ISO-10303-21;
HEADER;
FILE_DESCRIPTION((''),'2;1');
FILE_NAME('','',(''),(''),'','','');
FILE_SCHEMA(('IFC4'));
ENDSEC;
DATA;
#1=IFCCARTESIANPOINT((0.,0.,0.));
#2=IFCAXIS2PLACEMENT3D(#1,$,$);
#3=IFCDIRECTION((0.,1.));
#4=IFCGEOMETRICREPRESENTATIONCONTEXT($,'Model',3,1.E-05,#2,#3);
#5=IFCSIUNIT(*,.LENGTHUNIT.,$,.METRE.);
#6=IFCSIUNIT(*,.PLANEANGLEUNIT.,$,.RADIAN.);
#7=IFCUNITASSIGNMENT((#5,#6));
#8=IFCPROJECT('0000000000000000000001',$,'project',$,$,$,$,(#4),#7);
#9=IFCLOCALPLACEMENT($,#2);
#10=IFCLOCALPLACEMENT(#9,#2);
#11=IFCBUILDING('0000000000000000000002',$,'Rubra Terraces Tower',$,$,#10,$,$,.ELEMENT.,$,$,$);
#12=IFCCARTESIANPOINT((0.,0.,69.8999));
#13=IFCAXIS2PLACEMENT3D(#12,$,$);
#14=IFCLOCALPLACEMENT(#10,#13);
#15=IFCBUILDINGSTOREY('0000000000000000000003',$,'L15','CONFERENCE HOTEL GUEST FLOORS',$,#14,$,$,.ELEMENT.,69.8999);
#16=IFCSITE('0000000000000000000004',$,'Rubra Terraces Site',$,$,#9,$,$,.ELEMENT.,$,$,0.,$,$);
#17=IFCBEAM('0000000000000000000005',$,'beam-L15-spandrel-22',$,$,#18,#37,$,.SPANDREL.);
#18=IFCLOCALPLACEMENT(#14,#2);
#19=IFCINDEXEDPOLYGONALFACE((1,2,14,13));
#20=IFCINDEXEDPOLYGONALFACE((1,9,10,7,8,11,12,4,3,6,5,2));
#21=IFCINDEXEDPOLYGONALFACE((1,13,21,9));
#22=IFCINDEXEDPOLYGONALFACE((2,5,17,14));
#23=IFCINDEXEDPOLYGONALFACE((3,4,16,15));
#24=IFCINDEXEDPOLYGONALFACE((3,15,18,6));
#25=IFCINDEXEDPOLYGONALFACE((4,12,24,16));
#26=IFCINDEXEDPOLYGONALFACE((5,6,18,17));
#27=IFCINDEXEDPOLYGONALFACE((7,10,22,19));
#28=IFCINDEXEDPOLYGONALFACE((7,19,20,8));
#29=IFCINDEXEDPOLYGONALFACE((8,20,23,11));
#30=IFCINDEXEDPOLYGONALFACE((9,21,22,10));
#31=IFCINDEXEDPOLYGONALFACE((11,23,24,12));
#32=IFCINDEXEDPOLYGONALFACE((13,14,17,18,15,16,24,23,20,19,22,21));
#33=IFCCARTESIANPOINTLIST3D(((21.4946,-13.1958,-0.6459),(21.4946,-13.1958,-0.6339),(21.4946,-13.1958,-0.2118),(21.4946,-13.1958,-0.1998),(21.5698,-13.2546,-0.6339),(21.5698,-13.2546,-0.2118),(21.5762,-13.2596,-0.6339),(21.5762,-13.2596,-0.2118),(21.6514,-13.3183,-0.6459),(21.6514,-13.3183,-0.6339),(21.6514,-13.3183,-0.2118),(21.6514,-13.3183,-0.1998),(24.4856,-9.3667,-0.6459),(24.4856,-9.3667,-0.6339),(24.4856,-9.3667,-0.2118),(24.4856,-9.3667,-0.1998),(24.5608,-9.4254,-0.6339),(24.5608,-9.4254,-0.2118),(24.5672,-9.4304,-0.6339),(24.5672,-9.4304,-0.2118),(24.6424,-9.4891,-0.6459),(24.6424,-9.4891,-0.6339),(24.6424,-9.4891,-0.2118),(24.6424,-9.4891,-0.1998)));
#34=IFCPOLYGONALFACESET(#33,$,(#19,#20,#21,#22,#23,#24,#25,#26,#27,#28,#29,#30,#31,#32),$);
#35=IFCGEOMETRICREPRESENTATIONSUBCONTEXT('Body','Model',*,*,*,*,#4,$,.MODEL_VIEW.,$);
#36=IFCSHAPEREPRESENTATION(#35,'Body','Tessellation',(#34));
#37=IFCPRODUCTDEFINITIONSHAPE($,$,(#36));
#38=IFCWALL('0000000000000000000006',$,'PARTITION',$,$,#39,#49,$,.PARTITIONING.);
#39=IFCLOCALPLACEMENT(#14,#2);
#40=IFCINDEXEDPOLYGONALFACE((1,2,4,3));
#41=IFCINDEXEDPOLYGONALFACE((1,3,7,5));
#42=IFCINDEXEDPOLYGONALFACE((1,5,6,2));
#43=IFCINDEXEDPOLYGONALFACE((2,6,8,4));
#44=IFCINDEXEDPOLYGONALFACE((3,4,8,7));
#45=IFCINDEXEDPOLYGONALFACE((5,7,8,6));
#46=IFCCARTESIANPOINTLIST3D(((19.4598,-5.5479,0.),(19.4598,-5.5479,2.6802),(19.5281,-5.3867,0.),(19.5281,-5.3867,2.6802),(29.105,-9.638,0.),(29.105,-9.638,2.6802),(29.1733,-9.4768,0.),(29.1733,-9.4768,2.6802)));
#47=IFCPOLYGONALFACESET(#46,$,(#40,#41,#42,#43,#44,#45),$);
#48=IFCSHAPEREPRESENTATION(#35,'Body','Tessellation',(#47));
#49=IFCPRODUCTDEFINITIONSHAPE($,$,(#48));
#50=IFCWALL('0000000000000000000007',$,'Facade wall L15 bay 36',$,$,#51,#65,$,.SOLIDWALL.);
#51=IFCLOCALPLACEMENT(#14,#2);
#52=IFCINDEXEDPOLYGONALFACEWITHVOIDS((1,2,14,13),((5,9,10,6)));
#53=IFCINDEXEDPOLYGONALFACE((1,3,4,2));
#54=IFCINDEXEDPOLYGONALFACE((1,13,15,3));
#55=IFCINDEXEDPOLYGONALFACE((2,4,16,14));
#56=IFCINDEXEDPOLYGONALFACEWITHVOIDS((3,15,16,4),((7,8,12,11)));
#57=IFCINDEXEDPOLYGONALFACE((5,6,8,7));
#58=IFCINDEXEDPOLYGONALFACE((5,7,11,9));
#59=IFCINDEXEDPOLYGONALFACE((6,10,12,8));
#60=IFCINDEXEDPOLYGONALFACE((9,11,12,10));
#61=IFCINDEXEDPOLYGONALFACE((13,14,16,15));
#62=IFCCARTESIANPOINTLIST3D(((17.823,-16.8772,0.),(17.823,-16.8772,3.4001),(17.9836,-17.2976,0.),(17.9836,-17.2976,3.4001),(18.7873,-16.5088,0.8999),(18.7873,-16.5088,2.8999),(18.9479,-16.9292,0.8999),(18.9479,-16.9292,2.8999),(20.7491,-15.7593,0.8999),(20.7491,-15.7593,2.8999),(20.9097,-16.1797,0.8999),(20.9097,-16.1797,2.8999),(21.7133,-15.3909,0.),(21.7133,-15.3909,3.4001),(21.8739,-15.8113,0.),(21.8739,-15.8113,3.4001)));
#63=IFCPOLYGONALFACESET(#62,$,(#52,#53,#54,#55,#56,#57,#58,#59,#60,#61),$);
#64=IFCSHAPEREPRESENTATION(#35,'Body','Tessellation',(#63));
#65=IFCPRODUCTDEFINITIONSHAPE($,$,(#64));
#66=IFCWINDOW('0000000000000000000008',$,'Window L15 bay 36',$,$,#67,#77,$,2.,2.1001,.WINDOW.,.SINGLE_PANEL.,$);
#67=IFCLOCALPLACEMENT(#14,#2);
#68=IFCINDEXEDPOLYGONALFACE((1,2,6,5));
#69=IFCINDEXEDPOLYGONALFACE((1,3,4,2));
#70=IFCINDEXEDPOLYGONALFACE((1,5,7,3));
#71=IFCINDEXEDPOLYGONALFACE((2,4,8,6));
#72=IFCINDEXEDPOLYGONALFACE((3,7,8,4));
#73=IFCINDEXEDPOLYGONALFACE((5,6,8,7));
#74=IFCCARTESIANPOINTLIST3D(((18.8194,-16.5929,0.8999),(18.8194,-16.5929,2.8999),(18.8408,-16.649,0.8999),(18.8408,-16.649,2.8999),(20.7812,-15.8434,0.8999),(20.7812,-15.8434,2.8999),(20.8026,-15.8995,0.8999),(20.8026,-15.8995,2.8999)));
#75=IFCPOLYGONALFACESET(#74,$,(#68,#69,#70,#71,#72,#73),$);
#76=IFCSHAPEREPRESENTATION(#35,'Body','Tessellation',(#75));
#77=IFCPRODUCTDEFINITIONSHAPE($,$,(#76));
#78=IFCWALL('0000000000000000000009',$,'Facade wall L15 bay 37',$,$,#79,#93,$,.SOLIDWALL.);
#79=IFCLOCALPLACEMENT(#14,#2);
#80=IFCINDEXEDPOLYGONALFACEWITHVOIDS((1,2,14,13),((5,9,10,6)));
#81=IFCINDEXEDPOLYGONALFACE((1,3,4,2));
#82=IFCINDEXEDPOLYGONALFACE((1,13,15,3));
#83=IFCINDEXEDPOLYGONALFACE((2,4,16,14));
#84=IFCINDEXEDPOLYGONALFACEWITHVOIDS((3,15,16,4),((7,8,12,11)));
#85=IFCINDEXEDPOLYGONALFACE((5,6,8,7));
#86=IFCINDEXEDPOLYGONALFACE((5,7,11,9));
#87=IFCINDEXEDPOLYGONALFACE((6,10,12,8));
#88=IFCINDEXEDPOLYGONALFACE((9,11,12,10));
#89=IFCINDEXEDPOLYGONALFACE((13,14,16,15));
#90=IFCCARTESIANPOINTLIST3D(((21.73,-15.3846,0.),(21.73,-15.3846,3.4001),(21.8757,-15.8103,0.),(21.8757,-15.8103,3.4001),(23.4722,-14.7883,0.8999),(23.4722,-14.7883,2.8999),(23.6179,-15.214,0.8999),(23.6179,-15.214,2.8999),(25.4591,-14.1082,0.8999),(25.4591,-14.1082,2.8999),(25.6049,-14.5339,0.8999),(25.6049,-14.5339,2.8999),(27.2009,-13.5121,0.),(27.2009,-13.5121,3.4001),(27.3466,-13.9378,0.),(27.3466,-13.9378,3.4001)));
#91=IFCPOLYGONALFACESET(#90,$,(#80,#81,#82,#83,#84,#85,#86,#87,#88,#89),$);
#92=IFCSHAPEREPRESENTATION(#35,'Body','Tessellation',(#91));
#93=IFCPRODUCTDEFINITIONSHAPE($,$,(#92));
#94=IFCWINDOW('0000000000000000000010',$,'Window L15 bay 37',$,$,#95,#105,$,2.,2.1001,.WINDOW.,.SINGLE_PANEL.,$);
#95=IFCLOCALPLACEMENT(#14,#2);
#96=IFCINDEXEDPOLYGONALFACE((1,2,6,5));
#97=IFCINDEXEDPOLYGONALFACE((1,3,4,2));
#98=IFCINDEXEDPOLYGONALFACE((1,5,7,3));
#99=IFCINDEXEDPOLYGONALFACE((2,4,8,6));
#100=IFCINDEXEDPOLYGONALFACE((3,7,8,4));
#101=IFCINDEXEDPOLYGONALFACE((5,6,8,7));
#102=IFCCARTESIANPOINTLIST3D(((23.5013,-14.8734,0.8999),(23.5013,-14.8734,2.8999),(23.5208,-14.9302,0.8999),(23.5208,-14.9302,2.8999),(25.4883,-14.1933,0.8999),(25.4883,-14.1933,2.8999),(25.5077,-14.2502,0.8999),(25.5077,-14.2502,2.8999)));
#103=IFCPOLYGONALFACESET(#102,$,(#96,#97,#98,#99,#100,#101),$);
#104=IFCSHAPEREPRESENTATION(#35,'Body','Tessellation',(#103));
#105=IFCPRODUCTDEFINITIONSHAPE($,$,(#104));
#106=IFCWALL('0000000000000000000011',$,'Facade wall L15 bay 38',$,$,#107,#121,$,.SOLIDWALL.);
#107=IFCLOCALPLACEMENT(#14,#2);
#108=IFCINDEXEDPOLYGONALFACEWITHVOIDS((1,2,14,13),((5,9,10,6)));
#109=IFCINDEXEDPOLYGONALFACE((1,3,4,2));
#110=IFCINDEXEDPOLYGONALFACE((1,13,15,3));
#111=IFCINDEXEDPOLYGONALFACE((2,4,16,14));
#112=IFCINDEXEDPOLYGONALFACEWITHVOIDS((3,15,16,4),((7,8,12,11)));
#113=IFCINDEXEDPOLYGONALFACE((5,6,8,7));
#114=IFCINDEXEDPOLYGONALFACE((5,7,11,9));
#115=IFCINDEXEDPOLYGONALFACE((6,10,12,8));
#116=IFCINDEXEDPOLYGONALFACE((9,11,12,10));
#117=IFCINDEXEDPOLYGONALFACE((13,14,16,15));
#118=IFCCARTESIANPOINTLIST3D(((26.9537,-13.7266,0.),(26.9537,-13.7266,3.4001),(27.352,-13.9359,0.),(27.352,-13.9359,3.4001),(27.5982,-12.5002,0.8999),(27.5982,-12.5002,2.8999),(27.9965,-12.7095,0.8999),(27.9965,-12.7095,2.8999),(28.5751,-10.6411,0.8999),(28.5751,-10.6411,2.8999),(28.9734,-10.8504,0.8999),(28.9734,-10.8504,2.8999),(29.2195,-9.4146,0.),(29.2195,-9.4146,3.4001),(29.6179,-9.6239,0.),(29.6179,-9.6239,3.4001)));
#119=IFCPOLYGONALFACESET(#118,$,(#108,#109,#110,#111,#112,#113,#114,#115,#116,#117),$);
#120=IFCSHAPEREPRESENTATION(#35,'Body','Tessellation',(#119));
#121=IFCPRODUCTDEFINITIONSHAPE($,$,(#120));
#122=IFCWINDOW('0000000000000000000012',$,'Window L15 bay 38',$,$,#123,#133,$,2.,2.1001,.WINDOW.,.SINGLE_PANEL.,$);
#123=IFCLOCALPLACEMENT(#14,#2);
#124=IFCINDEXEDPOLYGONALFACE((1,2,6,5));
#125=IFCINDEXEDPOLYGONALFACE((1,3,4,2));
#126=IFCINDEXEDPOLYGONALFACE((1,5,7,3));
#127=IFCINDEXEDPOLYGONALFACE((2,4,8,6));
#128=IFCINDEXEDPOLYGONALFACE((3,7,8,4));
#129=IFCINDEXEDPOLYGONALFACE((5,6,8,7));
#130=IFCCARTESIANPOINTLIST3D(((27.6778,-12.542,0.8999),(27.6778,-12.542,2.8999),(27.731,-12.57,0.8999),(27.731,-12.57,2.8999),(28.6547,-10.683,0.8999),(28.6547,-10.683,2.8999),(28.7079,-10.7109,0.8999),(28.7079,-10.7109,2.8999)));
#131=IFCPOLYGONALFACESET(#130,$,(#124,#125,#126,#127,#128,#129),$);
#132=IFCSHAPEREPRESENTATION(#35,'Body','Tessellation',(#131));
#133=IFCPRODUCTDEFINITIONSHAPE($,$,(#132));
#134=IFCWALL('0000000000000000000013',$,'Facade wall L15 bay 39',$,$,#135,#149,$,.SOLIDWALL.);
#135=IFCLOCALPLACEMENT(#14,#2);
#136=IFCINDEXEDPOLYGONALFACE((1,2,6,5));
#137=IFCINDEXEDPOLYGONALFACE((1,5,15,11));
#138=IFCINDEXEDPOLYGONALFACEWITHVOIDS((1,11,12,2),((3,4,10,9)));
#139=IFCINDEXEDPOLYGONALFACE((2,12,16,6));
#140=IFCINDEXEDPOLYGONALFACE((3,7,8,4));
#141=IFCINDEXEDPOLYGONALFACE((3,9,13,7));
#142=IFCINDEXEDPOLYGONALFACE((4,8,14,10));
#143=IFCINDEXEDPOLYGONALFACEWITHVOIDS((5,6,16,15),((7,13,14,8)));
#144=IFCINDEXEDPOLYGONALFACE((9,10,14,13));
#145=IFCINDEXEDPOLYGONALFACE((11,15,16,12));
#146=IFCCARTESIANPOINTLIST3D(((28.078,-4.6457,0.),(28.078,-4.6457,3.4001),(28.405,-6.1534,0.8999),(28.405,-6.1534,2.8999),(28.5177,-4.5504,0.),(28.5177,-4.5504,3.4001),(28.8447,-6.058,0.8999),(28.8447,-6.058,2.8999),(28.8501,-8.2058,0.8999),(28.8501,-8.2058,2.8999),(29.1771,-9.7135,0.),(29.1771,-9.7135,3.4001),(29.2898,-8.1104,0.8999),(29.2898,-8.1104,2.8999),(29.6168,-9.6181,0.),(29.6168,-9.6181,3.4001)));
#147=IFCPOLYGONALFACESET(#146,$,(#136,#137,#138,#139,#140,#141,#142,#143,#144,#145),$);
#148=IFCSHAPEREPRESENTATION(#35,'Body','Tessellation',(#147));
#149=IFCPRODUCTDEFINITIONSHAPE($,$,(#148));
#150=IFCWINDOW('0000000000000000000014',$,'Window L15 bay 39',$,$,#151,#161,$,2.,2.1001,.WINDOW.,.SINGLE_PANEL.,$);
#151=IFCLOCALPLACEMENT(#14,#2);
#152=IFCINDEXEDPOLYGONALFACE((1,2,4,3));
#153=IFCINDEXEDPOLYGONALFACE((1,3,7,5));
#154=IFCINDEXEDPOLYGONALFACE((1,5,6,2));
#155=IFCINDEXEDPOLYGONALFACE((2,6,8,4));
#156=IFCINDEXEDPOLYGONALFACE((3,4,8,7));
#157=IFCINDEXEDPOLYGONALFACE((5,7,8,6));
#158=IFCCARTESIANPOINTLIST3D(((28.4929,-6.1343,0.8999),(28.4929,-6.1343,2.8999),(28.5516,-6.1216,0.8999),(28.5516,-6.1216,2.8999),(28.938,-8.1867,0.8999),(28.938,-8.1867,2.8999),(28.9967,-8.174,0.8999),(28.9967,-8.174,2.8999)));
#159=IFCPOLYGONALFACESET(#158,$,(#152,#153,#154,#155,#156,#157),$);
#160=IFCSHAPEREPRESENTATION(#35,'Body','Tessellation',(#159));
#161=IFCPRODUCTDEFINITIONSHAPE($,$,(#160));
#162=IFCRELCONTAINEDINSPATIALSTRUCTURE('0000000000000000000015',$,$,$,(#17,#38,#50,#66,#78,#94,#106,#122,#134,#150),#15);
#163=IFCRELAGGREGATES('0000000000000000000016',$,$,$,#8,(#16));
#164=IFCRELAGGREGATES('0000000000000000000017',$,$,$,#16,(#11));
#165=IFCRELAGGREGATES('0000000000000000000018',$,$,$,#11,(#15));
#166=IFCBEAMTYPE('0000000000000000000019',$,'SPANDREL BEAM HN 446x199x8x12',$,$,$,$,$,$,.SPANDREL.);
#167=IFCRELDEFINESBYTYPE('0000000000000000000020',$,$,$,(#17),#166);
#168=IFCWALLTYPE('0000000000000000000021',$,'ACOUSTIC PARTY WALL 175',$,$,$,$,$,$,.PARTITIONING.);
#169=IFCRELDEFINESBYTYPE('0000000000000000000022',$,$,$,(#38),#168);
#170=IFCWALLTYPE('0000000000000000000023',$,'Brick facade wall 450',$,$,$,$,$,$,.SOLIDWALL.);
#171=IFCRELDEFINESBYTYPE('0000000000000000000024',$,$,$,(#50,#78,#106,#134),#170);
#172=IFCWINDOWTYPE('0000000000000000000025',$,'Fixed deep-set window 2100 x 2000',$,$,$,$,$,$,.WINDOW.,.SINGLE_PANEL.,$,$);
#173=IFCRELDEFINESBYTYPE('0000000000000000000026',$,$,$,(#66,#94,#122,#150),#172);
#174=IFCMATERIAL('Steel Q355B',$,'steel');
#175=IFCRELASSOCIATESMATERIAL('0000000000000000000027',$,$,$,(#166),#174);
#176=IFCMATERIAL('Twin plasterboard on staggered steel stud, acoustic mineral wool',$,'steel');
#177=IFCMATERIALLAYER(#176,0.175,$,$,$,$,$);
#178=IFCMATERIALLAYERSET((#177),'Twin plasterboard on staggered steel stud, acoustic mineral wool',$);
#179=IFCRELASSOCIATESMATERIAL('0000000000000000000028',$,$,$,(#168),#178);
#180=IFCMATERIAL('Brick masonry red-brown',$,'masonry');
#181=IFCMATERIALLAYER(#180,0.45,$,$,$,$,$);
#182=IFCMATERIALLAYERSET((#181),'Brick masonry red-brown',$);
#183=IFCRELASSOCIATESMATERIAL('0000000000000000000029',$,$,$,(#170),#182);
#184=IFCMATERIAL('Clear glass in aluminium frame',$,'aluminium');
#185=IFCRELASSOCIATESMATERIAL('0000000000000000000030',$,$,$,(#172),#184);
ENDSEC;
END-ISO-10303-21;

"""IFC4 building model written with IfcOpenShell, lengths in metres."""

from ifc_helpers import new_model, si_unit, direction, frame, frame_2d, origin, origin_2d, place, context, subcontext, project, spatial, rectangle, i_section, extrude, material, layer, layer_set, material_profile, profile_set, type_object, element, fill, save


model = new_model("IFC4")

# Units and contexts
model_context = context("Model", 3, precision=1e-05, world=origin(), true_north=direction((0.0, 1.0)))
body_context = subcontext(model_context, "Body", "Model", "MODEL_VIEW")
ifc_project = project(units=[si_unit("LENGTHUNIT", "METRE"), si_unit("PLANEANGLEUNIT", "RADIAN")], contexts=[model_context])

# Site, building, storey
site_placement = place(None, origin())
site = spatial("IfcSite", under=ifc_project, at=site_placement, Name="Rubra Terraces Site", CompositionType="ELEMENT", RefElevation=0.0)
building_placement = place(site_placement, origin())
building = spatial("IfcBuilding", under=site, at=building_placement, Name="Rubra Terraces Tower", CompositionType="ELEMENT")
storey_placement = place(building_placement, frame((0.0, 0.0, 69.8999)))
storey = spatial("IfcBuildingStorey", under=building, at=storey_placement, Name="L15", Description="CONFERENCE HOTEL GUEST FLOORS", CompositionType="ELEMENT", Elevation=69.8999)

# Beam
ifc_material_1 = material(Name="Steel Q355B", Category="steel")
ifc_material_profile_1 = material_profile(ifc_material_1, i_section(OverallWidth=0.199, OverallDepth=0.446, WebThickness=0.0081, FlangeThickness=0.012, at=origin_2d()), Name="HN 446x199x8x12")
ifc_profile_set_1 = profile_set([ifc_material_profile_1], Name="Steel Q355B")
beam_type_1 = type_object("IfcBeamType", Name="SPANDREL BEAM HN 446x199x8x12", PredefinedType="SPANDREL", material=ifc_profile_set_1)
beam_1_placement = place(storey_placement, frame((21.573, -13.2571, -0.4229), z_axis=(0.615578, 0.788076, 0.0), x_axis=(-0.788076, 0.615578, 0.0)))
element("IfcBeam", 1, at=beam_1_placement, inside=storey, type_object=beam_type_1, Name="beam-L15-spandrel-22", PredefinedType="SPANDREL", context=body_context, shape_type="SweptSolid", body=[
    extrude(i_section(OverallWidth=0.199, OverallDepth=0.446, WebThickness=0.0081, FlangeThickness=0.012, at=origin_2d()), origin(), (0.0, 0.0, 1.0), 4.8589),
])

# Wall
ifc_material_2 = material(Name="Twin plasterboard on staggered steel stud, acoustic mineral wool", Category="steel")
ifc_layer_1 = layer(ifc_material_2, 0.175)
ifc_layer_set_1 = layer_set([ifc_layer_1], Name="Twin plasterboard on staggered steel stud, acoustic mineral wool")
wall_type_1 = type_object("IfcWallType", Name="ACOUSTIC PARTY WALL 175", PredefinedType="PARTITIONING", material=ifc_layer_set_1)
wall_1_placement = place(storey_placement, frame((29.1392, -9.5574, 0.0), z_axis=(0.0, 0.0, 1.0), x_axis=(-0.920645, 0.390401, 0.0)))
element("IfcWall", 2, at=wall_1_placement, inside=storey, type_object=wall_type_1, Name="PARTITION", PredefinedType="PARTITIONING", context=body_context, shape_type="SweptSolid", body=[
    extrude(rectangle(XDim=10.4766, YDim=0.175, at=frame_2d((5.2383, 0.0))), origin(), (0.0, 0.0, 1.0), 2.6802),
])

# Walls, openings, windows
ifc_material_3 = material(Name="Brick masonry red-brown", Category="masonry")
ifc_layer_2 = layer(ifc_material_3, 0.45)
ifc_layer_set_2 = layer_set([ifc_layer_2], Name="Brick masonry red-brown")
wall_type_2 = type_object("IfcWallType", Name="Brick facade wall 450", PredefinedType="SOLIDWALL", material=ifc_layer_set_2)
wall_2_placement = place(storey_placement, frame((17.9033, -17.0874, 0.0), z_axis=(0.0, 0.0, 1.0), x_axis=(0.934146, 0.356892, 0.0)))
wall_2 = element("IfcWall", 3, at=wall_2_placement, inside=storey, type_object=wall_type_2, Name="Facade wall L15 bay 36", PredefinedType="SOLIDWALL", context=body_context, shape_type="SweptSolid", body=[
    extrude(rectangle(XDim=4.1646, YDim=0.45, at=frame_2d((2.0823, 0.0))), origin(), (0.0, 0.0, 1.0), 3.4001),
])
opening_1_placement = place(wall_2_placement, frame((1.0322, 0.0, 0.8999)))
opening_1 = element("IfcOpeningElement", 4, at=opening_1_placement, cuts=wall_2, PredefinedType="OPENING", context=body_context, shape_type="SweptSolid", body=[
    extrude(rectangle(XDim=2.1001, YDim=2.0, at=frame_2d((1.05, 1.0))), frame((0.0, 0.2349, 0.0), z_axis=(0.0, -1.0, 0.0), x_axis=(1.0, 0.0, 0.0)), (0.0, 0.0, 1.0), 0.47),
])
ifc_material_4 = material(Name="Clear glass in aluminium frame", Category="aluminium")
window_type = type_object("IfcWindowType", Name="Fixed deep-set window 2100 x 2000", PartitioningType="SINGLE_PANEL", PredefinedType="WINDOW", material=ifc_material_4)
window_1_placement = place(opening_1_placement, origin())
window_1 = element("IfcWindow", 5, at=window_1_placement, inside=storey, type_object=window_type, Name="Window L15 bay 36", OverallHeight=2.0, OverallWidth=2.1001, PartitioningType="SINGLE_PANEL", PredefinedType="WINDOW", context=body_context, shape_type="SweptSolid", body=[
    extrude(rectangle(XDim=2.1001, YDim=2.0, at=frame_2d((1.05, 1.0))), frame((0.0, 0.135, 0.0), z_axis=(0.0, -1.0, 0.0), x_axis=(1.0, 0.0, 0.0)), (0.0, 0.0, 1.0), 0.0601),
])
fill(opening_1, window_1)
wall_3_placement = place(storey_placement, frame((21.803, -15.5974, 0.0), z_axis=(0.0, 0.0, 1.0), x_axis=(0.946115, 0.32383, 0.0)))
wall_3 = element("IfcWall", 6, at=wall_3_placement, inside=storey, type_object=wall_type_2, Name="Facade wall L15 bay 37", PredefinedType="SOLIDWALL", context=body_context, shape_type="SweptSolid", body=[
    extrude(rectangle(XDim=5.7825, YDim=0.45, at=frame_2d((2.8911, 0.0))), origin(), (0.0, 0.0, 1.0), 3.4001),
])
opening_2_placement = place(wall_3_placement, frame((1.8413, 0.0, 0.8999)))
opening_2 = element("IfcOpeningElement", 7, at=opening_2_placement, cuts=wall_3, PredefinedType="OPENING", context=body_context, shape_type="SweptSolid", body=[
    extrude(rectangle(XDim=2.1001, YDim=2.0, at=frame_2d((1.05, 1.0))), frame((0.0, 0.2349, 0.0), z_axis=(0.0, -1.0, 0.0), x_axis=(1.0, 0.0, 0.0)), (0.0, 0.0, 1.0), 0.47),
])
window_2_placement = place(opening_2_placement, origin())
window_2 = element("IfcWindow", 8, at=window_2_placement, inside=storey, type_object=window_type, Name="Window L15 bay 37", OverallHeight=2.0, OverallWidth=2.1001, PartitioningType="SINGLE_PANEL", PredefinedType="WINDOW", context=body_context, shape_type="SweptSolid", body=[
    extrude(rectangle(XDim=2.1001, YDim=2.0, at=frame_2d((1.05, 1.0))), frame((0.0, 0.135, 0.0), z_axis=(0.0, -1.0, 0.0), x_axis=(1.0, 0.0, 0.0)), (0.0, 0.0, 1.0), 0.0601),
])
fill(opening_2, window_2)
wall_4_placement = place(storey_placement, frame((27.1528, -13.8313, 0.0), z_axis=(0.0, 0.0, 1.0), x_axis=(0.465166, 0.885224, 0.0)))
wall_4 = element("IfcWall", 9, at=wall_4_placement, inside=storey, type_object=wall_type_2, Name="Facade wall L15 bay 38", PredefinedType="SOLIDWALL", context=body_context, shape_type="SweptSolid", body=[
    extrude(rectangle(XDim=4.8711, YDim=0.45, at=frame_2d((2.4355, 0.0))), origin(), (0.0, 0.0, 1.0), 3.4001),
])
opening_3_placement = place(wall_4_placement, frame((1.3855, 0.0, 0.8999)))
opening_3 = element("IfcOpeningElement", 10, at=opening_3_placement, cuts=wall_4, PredefinedType="OPENING", context=body_context, shape_type="SweptSolid", body=[
    extrude(rectangle(XDim=2.1001, YDim=2.0, at=frame_2d((1.05, 1.0))), frame((0.0, 0.2349, 0.0), z_axis=(0.0, -1.0, 0.0), x_axis=(1.0, 0.0, 0.0)), (0.0, 0.0, 1.0), 0.47),
])
window_3_placement = place(opening_3_placement, origin())
window_3 = element("IfcWindow", 11, at=window_3_placement, inside=storey, type_object=window_type, Name="Window L15 bay 38", OverallHeight=2.0, OverallWidth=2.1001, PartitioningType="SINGLE_PANEL", PredefinedType="WINDOW", context=body_context, shape_type="SweptSolid", body=[
    extrude(rectangle(XDim=2.1001, YDim=2.0, at=frame_2d((1.05, 1.0))), frame((0.0, 0.135, 0.0), z_axis=(0.0, -1.0, 0.0), x_axis=(1.0, 0.0, 0.0)), (0.0, 0.0, 1.0), 0.0601),
])
fill(opening_3, window_3)
wall_5_placement = place(storey_placement, frame((29.397, -9.6658, 0.0), z_axis=(0.0, 0.0, 1.0), x_axis=(-0.211962, 0.977278, 0.0)))
wall_5 = element("IfcWall", 12, at=wall_5_placement, inside=storey, type_object=wall_type_2, Name="Facade wall L15 bay 39", PredefinedType="SOLIDWALL", context=body_context, shape_type="SweptSolid", body=[
    extrude(rectangle(XDim=5.1855, YDim=0.45, at=frame_2d((2.5928, 0.0))), origin(), (0.0, 0.0, 1.0), 3.4001),
])
opening_4_placement = place(wall_5_placement, frame((1.5427, 0.0, 0.8999)))
opening_4 = element("IfcOpeningElement", 13, at=opening_4_placement, cuts=wall_5, PredefinedType="OPENING", context=body_context, shape_type="SweptSolid", body=[
    extrude(rectangle(XDim=2.1001, YDim=2.0, at=frame_2d((1.05, 1.0))), frame((0.0, 0.2349, 0.0), z_axis=(0.0, -1.0, 0.0), x_axis=(1.0, 0.0, 0.0)), (0.0, 0.0, 1.0), 0.47),
])
window_4_placement = place(opening_4_placement, origin())
window_4 = element("IfcWindow", 14, at=window_4_placement, inside=storey, type_object=window_type, Name="Window L15 bay 39", OverallHeight=2.0, OverallWidth=2.1001, PartitioningType="SINGLE_PANEL", PredefinedType="WINDOW", context=body_context, shape_type="SweptSolid", body=[
    extrude(rectangle(XDim=2.1001, YDim=2.0, at=frame_2d((1.05, 1.0))), frame((0.0, 0.135, 0.0), z_axis=(0.0, -1.0, 0.0), x_axis=(1.0, 0.0, 0.0)), (0.0, 0.0, 1.0), 0.0601),
])
fill(opening_4, window_4)

save(model, "model.ifc")
